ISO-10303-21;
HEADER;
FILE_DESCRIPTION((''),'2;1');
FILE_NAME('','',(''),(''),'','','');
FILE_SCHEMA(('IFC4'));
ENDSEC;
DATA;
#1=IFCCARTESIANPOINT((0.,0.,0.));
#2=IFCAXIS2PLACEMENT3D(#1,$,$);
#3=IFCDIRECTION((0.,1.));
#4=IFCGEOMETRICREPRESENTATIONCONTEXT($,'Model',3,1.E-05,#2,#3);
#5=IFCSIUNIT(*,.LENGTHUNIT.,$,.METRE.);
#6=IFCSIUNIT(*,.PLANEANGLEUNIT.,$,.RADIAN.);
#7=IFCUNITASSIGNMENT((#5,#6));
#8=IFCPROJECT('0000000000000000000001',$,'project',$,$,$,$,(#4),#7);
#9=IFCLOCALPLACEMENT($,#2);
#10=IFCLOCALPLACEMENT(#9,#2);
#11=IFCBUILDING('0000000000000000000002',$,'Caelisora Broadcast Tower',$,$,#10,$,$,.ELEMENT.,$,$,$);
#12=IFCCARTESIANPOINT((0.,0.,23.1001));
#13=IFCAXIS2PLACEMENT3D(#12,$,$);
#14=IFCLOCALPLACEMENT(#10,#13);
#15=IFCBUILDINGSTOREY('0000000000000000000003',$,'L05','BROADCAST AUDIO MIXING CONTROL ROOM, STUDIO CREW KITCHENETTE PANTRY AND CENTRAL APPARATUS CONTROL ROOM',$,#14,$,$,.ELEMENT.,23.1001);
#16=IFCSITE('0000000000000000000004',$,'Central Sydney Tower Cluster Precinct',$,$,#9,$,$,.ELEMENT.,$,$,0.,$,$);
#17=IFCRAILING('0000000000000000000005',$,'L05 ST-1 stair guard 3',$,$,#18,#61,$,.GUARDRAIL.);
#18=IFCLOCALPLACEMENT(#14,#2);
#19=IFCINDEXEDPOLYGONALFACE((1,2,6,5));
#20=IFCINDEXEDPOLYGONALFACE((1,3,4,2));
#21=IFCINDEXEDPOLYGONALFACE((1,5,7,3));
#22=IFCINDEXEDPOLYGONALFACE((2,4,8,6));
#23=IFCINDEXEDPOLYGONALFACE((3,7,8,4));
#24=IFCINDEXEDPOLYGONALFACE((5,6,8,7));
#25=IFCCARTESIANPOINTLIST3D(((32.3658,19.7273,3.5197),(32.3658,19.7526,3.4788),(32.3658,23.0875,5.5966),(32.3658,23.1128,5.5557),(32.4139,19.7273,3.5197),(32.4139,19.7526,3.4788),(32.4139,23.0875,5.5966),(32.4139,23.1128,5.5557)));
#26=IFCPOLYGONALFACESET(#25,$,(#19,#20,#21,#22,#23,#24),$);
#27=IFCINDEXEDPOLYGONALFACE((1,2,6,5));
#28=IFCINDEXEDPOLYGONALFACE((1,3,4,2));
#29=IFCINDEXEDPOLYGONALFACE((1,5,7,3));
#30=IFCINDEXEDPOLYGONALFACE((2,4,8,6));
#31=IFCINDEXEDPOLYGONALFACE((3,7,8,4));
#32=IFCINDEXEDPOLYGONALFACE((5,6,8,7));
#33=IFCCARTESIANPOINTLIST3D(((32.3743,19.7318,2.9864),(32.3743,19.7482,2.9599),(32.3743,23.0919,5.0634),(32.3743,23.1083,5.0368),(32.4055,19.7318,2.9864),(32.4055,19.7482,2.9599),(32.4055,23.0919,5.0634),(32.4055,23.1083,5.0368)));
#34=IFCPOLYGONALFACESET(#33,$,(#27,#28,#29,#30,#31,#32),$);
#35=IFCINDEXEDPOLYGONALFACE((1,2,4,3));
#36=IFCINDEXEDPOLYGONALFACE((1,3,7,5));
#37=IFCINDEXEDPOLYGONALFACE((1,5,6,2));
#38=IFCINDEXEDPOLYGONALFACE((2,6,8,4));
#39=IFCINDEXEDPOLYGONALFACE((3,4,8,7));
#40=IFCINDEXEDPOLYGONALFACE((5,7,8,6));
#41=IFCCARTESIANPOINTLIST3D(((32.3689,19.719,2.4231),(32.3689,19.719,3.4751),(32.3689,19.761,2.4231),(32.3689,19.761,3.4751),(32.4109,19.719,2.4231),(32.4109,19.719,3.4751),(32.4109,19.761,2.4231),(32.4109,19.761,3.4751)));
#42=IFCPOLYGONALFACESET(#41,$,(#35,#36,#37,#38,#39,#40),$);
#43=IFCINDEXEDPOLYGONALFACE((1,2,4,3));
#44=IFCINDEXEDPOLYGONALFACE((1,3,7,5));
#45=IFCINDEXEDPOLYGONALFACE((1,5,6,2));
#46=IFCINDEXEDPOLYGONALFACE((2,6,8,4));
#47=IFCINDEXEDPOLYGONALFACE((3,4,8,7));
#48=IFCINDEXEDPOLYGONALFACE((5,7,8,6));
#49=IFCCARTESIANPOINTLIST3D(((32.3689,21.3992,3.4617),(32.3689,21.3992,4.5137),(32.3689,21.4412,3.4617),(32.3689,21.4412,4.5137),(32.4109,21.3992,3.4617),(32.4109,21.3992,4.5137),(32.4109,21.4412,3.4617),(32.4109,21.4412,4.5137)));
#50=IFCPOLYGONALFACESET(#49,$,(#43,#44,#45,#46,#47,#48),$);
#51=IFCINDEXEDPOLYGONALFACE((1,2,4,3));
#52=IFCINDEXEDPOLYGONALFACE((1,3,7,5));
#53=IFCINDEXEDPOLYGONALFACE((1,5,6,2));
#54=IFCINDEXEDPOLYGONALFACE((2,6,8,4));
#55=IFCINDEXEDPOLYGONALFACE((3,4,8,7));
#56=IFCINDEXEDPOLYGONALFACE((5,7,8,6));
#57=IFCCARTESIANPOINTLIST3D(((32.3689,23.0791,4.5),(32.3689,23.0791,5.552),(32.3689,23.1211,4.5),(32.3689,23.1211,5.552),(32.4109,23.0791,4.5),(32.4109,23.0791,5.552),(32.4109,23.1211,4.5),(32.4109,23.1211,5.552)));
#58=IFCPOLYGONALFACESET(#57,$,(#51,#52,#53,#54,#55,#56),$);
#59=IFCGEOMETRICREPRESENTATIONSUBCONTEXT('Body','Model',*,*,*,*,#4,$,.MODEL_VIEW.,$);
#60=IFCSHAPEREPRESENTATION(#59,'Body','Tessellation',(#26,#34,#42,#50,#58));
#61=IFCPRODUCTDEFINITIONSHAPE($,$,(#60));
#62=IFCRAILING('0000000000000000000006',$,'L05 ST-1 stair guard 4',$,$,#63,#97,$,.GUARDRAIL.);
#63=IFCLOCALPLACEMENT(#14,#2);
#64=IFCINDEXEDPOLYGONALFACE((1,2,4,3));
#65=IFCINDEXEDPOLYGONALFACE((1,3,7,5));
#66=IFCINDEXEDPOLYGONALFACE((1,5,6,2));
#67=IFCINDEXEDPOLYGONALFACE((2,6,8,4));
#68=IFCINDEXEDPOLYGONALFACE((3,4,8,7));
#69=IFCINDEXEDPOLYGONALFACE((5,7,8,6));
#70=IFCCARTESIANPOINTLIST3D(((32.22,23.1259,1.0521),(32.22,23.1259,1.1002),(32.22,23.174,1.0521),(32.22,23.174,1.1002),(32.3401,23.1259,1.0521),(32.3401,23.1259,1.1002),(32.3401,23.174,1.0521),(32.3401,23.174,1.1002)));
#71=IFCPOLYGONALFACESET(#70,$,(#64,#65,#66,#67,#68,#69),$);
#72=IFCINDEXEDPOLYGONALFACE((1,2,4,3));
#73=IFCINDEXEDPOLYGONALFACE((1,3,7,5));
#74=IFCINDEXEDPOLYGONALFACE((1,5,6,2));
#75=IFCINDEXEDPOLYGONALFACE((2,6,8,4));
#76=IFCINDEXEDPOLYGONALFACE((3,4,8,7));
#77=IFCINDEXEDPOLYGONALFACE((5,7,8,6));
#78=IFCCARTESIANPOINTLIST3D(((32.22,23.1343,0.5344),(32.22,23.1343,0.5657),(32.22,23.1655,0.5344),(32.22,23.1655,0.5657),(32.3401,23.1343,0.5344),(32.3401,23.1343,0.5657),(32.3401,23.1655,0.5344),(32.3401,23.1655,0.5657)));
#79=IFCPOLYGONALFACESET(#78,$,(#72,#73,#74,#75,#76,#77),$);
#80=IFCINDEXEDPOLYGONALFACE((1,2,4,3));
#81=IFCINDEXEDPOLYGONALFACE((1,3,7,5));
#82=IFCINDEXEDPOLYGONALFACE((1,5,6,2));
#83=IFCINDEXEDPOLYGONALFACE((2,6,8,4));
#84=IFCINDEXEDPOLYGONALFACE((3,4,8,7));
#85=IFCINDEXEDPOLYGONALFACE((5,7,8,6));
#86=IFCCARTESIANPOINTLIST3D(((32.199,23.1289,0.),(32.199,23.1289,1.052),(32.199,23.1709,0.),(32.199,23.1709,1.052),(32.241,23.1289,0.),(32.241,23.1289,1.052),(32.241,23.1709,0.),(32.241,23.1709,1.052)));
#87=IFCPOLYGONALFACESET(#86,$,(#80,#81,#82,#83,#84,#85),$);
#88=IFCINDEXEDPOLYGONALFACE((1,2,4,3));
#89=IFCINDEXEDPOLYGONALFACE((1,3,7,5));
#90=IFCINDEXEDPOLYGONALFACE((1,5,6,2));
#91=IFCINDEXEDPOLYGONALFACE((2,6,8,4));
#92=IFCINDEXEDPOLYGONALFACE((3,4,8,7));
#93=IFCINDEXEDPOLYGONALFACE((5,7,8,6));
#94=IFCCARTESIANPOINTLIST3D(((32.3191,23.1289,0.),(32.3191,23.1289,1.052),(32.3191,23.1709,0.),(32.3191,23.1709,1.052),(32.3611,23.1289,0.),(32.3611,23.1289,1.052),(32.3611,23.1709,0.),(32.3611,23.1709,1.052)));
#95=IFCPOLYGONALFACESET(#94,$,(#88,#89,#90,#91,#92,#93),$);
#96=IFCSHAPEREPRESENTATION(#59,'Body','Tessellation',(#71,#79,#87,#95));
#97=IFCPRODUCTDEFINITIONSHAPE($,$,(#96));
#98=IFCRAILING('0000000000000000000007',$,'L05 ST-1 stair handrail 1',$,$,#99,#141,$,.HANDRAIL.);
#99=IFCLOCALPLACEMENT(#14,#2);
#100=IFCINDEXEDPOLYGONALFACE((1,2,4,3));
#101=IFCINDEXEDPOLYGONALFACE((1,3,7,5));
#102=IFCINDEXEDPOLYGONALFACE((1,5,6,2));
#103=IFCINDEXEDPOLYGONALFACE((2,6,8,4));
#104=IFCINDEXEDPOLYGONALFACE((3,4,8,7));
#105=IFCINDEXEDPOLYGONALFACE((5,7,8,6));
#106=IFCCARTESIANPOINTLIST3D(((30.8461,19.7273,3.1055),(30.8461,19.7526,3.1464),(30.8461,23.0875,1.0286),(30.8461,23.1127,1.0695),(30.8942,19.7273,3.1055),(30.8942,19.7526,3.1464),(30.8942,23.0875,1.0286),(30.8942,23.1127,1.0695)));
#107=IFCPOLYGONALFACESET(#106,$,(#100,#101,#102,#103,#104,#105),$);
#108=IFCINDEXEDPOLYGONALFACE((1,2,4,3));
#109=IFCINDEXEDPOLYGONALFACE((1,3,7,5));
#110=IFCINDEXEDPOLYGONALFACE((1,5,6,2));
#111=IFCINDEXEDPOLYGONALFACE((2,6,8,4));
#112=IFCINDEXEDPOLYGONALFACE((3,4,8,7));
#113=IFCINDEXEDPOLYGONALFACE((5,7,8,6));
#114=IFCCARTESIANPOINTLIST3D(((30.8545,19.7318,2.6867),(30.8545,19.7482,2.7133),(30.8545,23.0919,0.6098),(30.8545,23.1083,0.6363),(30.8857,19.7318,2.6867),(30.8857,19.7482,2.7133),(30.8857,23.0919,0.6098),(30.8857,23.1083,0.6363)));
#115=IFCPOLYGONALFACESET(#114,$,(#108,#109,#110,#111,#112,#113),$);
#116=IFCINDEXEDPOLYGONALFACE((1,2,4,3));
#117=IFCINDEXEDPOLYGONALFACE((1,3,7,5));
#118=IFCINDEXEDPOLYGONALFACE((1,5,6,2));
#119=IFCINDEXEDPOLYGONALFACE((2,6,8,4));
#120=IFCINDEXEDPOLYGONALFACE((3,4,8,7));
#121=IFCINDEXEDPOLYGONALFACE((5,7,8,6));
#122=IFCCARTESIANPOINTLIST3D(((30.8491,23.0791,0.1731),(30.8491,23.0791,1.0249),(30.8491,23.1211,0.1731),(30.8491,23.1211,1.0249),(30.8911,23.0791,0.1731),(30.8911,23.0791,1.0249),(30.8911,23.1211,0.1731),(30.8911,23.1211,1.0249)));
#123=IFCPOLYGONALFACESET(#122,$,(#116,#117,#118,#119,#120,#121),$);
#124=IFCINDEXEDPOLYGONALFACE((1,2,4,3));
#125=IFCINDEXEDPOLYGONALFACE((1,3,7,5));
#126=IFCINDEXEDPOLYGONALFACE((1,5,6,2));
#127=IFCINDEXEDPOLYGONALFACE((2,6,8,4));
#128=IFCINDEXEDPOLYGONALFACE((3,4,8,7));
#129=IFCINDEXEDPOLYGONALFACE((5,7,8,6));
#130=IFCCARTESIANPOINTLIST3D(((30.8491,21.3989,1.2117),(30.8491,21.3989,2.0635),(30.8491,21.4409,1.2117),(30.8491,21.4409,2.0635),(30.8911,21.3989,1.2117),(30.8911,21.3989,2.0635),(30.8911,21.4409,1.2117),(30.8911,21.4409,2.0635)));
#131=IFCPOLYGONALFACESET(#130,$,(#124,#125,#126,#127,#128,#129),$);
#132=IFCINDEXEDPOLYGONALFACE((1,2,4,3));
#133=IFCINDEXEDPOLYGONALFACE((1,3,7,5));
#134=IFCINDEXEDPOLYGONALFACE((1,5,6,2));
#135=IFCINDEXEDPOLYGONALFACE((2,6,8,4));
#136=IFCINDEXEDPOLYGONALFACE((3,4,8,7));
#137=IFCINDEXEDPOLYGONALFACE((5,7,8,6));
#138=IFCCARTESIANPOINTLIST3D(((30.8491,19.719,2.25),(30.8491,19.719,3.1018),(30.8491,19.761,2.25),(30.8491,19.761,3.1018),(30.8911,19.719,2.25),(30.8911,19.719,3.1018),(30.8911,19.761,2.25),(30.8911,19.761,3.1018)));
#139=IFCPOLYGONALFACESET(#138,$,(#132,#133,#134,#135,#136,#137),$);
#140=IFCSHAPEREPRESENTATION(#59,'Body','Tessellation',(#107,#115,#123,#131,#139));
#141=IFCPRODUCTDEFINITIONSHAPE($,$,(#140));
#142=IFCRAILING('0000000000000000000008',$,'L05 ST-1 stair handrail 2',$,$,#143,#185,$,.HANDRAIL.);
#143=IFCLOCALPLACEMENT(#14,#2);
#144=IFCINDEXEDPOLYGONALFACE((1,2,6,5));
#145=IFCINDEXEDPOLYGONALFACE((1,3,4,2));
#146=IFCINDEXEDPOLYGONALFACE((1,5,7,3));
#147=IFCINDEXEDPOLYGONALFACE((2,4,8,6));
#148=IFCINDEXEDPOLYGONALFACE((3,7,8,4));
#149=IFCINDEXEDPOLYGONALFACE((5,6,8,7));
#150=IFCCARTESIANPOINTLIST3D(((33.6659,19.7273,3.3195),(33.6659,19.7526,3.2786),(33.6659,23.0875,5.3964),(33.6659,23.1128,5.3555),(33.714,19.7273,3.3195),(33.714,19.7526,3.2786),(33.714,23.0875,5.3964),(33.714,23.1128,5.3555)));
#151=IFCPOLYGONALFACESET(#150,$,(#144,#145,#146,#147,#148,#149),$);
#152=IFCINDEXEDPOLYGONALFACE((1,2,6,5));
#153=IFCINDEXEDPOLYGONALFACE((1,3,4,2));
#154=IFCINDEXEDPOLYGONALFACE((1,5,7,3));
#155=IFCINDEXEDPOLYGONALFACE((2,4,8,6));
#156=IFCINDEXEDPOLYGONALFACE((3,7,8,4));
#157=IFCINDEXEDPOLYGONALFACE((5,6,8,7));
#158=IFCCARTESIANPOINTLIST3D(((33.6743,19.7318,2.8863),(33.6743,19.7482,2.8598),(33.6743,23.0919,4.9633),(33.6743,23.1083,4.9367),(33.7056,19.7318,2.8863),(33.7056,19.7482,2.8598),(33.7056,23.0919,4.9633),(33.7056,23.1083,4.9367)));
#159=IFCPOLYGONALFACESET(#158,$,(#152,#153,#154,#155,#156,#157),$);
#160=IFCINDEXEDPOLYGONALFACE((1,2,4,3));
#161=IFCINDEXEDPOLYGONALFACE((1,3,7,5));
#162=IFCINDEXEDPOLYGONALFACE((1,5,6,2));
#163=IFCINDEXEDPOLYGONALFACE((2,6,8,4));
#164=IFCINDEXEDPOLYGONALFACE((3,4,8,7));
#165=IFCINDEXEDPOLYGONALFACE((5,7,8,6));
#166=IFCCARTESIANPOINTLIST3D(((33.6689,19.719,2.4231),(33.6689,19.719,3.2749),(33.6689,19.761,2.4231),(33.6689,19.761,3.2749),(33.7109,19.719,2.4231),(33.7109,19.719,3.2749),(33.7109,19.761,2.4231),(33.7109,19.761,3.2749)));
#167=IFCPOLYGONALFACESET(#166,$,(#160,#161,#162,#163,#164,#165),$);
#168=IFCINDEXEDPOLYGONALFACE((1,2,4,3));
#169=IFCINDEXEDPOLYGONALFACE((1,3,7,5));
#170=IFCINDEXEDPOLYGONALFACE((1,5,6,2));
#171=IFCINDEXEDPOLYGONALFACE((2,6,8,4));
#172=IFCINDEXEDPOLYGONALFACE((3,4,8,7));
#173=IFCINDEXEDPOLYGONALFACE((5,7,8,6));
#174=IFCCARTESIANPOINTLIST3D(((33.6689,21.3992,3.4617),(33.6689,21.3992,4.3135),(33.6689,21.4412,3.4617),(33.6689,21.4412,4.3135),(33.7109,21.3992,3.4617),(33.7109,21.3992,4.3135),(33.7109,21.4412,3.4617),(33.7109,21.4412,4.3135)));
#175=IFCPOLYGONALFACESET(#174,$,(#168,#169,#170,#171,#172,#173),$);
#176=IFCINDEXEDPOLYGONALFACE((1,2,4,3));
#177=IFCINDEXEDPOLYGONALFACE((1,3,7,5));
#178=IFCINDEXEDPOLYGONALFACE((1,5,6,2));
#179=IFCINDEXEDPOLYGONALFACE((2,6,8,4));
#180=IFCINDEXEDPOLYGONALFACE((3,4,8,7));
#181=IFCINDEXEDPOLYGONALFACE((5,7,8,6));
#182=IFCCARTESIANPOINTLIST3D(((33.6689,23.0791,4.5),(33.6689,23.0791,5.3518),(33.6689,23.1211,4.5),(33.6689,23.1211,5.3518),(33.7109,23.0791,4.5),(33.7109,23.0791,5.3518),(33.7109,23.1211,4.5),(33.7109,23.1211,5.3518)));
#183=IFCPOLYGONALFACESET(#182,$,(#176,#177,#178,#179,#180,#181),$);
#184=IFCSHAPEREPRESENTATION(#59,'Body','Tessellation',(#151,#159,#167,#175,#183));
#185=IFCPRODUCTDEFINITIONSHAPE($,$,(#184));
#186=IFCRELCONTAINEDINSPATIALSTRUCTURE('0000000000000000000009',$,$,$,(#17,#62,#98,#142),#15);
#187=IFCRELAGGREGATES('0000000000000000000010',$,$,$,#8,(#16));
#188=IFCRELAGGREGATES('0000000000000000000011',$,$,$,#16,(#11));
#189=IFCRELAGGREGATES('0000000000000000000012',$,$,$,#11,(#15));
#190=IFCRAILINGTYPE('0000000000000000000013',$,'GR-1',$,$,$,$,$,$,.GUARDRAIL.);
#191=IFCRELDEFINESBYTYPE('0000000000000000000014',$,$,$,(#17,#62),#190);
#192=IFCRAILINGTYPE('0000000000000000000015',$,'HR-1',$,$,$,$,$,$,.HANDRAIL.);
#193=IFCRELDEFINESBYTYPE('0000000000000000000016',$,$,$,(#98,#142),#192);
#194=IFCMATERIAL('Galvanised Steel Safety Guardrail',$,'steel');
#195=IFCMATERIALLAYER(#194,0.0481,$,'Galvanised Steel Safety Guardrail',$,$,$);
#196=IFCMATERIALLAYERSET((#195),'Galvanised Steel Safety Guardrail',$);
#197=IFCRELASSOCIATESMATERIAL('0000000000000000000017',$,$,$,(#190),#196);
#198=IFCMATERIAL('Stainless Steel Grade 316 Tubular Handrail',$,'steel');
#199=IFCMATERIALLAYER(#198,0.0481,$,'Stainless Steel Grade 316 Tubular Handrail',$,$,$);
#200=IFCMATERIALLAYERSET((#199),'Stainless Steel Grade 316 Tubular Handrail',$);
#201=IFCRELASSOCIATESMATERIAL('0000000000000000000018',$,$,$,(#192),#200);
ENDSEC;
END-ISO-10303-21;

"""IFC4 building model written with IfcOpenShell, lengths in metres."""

from ifc_helpers import new_model, si_unit, direction, frame, origin, origin_2d, place, context, subcontext, project, spatial, rectangle, extrude, material, layer, layer_set, type_object, element, save


model = new_model("IFC4")

# Units and contexts
model_context = context("Model", 3, precision=1e-05, world=origin(), true_north=direction((0.0, 1.0)))
body_context = subcontext(model_context, "Body", "Model", "MODEL_VIEW")
ifc_project = project(units=[si_unit("LENGTHUNIT", "METRE"), si_unit("PLANEANGLEUNIT", "RADIAN")], contexts=[model_context])

# Site, building, storey
site_placement = place(None, origin())
site = spatial("IfcSite", under=ifc_project, at=site_placement, Name="Central Sydney Tower Cluster Precinct", CompositionType="ELEMENT", RefElevation=0.0)
building_placement = place(site_placement, origin())
building = spatial("IfcBuilding", under=site, at=building_placement, Name="Caelisora Broadcast Tower", CompositionType="ELEMENT")
storey_placement = place(building_placement, frame((0.0, 0.0, 23.1001)))
storey = spatial("IfcBuildingStorey", under=building, at=storey_placement, Name="L05", Description="BROADCAST AUDIO MIXING CONTROL ROOM, STUDIO CREW KITCHENETTE PANTRY AND CENTRAL APPARATUS CONTROL ROOM", CompositionType="ELEMENT", Elevation=23.1001)

# Railings
ifc_material_1 = material(Name="Galvanised Steel Safety Guardrail", Category="steel")
ifc_layer_1 = layer(ifc_material_1, 0.0481, Name="Galvanised Steel Safety Guardrail")
ifc_layer_set_1 = layer_set([ifc_layer_1], Name="Galvanised Steel Safety Guardrail")
railing_type_1 = type_object("IfcRailingType", Name="GR-1", PredefinedType="GUARDRAIL", material=ifc_layer_set_1)
railing_1_placement = place(storey_placement, frame((32.3899, 19.74, 2.4231)))
element("IfcRailing", 1, at=railing_1_placement, inside=storey, type_object=railing_type_1, Name="L05 ST-1 stair guard 3", PredefinedType="GUARDRAIL", context=body_context, shape_type="SweptSolid", body=[
    extrude(rectangle(XDim=0.0481, YDim=0.0481, at=origin_2d()), frame((0.0, 0.0, 1.0762), z_axis=(0.0, 0.850623, 0.525776), x_axis=(-1.0, 0.0, 0.0)), (0.0, 0.0, 1.0), 3.9502),
    extrude(rectangle(XDim=0.0312, YDim=0.0312, at=origin_2d()), frame((0.0, 0.0, 0.55), z_axis=(0.0, 0.850623, 0.525776), x_axis=(-1.0, 0.0, 0.0)), (0.0, 0.0, 1.0), 3.9502),
    extrude(rectangle(XDim=0.042, YDim=0.042, at=origin_2d()), origin(), (0.0, 0.0, 1.0), 1.052),
    extrude(rectangle(XDim=0.042, YDim=0.042, at=origin_2d()), frame((0.0, 1.6802, 1.0386)), (0.0, 0.0, 1.0), 1.052),
    extrude(rectangle(XDim=0.042, YDim=0.042, at=origin_2d()), frame((0.0, 3.3601, 2.0769)), (0.0, 0.0, 1.0), 1.052),
])
railing_2_placement = place(storey_placement, frame((32.22, 23.1499, 0.0)))
element("IfcRailing", 2, at=railing_2_placement, inside=storey, type_object=railing_type_1, Name="L05 ST-1 stair guard 4", PredefinedType="GUARDRAIL", context=body_context, shape_type="SweptSolid", body=[
    extrude(rectangle(XDim=0.0481, YDim=0.0481, at=origin_2d()), frame((0.0, 0.0, 1.0762), z_axis=(1.0, 0.0, 0.0), x_axis=(0.0, 1.0, 0.0)), (0.0, 0.0, 1.0), 0.1201),
    extrude(rectangle(XDim=0.0312, YDim=0.0312, at=origin_2d()), frame((0.0, 0.0, 0.55), z_axis=(1.0, 0.0, 0.0), x_axis=(0.0, 1.0, 0.0)), (0.0, 0.0, 1.0), 0.1201),
    extrude(rectangle(XDim=0.042, YDim=0.042, at=origin_2d()), origin(), (0.0, 0.0, 1.0), 1.052),
    extrude(rectangle(XDim=0.042, YDim=0.042, at=origin_2d()), frame((0.1201, 0.0, 0.0)), (0.0, 0.0, 1.0), 1.052),
])
ifc_material_2 = material(Name="Stainless Steel Grade 316 Tubular Handrail", Category="steel")
ifc_layer_2 = layer(ifc_material_2, 0.0481, Name="Stainless Steel Grade 316 Tubular Handrail")
ifc_layer_set_2 = layer_set([ifc_layer_2], Name="Stainless Steel Grade 316 Tubular Handrail")
railing_type_2 = type_object("IfcRailingType", Name="HR-1", PredefinedType="HANDRAIL", material=ifc_layer_set_2)
railing_3_placement = place(storey_placement, frame((30.8701, 23.1001, 0.1731)))
element("IfcRailing", 3, at=railing_3_placement, inside=storey, type_object=railing_type_2, Name="L05 ST-1 stair handrail 1", PredefinedType="HANDRAIL", context=body_context, shape_type="SweptSolid", body=[
    extrude(rectangle(XDim=0.0481, YDim=0.0481, at=origin_2d()), frame((0.0, 0.0, 0.876), z_axis=(0.0, -0.850623, 0.525776), x_axis=(1.0, 0.0, 0.0)), (0.0, 0.0, 1.0), 3.9502),
    extrude(rectangle(XDim=0.0312, YDim=0.0312, at=origin_2d()), frame((0.0, 0.0, 0.45), z_axis=(0.0, -0.850623, 0.525776), x_axis=(1.0, 0.0, 0.0)), (0.0, 0.0, 1.0), 3.9502),
    extrude(rectangle(XDim=0.042, YDim=0.042, at=origin_2d()), origin(), (0.0, 0.0, 1.0), 0.8518),
    extrude(rectangle(XDim=0.042, YDim=0.042, at=origin_2d()), frame((0.0, -1.6802, 1.0386)), (0.0, 0.0, 1.0), 0.8518),
    extrude(rectangle(XDim=0.042, YDim=0.042, at=origin_2d()), frame((0.0, -3.3601, 2.0769)), (0.0, 0.0, 1.0), 0.8518),
])
railing_4_placement = place(storey_placement, frame((33.6899, 19.74, 2.4231)))
element("IfcRailing", 4, at=railing_4_placement, inside=storey, type_object=railing_type_2, Name="L05 ST-1 stair handrail 2", PredefinedType="HANDRAIL", context=body_context, shape_type="SweptSolid", body=[
    extrude(rectangle(XDim=0.0481, YDim=0.0481, at=origin_2d()), frame((0.0, 0.0, 0.876), z_axis=(0.0, 0.850623, 0.525776), x_axis=(-1.0, 0.0, 0.0)), (0.0, 0.0, 1.0), 3.9502),
    extrude(rectangle(XDim=0.0312, YDim=0.0312, at=origin_2d()), frame((0.0, 0.0, 0.45), z_axis=(0.0, 0.850623, 0.525776), x_axis=(-1.0, 0.0, 0.0)), (0.0, 0.0, 1.0), 3.9502),
    extrude(rectangle(XDim=0.042, YDim=0.042, at=origin_2d()), origin(), (0.0, 0.0, 1.0), 0.8518),
    extrude(rectangle(XDim=0.042, YDim=0.042, at=origin_2d()), frame((0.0, 1.6802, 1.0386)), (0.0, 0.0, 1.0), 0.8518),
    extrude(rectangle(XDim=0.042, YDim=0.042, at=origin_2d()), frame((0.0, 3.3601, 2.0769)), (0.0, 0.0, 1.0), 0.8518),
])

save(model, "model.ifc")
